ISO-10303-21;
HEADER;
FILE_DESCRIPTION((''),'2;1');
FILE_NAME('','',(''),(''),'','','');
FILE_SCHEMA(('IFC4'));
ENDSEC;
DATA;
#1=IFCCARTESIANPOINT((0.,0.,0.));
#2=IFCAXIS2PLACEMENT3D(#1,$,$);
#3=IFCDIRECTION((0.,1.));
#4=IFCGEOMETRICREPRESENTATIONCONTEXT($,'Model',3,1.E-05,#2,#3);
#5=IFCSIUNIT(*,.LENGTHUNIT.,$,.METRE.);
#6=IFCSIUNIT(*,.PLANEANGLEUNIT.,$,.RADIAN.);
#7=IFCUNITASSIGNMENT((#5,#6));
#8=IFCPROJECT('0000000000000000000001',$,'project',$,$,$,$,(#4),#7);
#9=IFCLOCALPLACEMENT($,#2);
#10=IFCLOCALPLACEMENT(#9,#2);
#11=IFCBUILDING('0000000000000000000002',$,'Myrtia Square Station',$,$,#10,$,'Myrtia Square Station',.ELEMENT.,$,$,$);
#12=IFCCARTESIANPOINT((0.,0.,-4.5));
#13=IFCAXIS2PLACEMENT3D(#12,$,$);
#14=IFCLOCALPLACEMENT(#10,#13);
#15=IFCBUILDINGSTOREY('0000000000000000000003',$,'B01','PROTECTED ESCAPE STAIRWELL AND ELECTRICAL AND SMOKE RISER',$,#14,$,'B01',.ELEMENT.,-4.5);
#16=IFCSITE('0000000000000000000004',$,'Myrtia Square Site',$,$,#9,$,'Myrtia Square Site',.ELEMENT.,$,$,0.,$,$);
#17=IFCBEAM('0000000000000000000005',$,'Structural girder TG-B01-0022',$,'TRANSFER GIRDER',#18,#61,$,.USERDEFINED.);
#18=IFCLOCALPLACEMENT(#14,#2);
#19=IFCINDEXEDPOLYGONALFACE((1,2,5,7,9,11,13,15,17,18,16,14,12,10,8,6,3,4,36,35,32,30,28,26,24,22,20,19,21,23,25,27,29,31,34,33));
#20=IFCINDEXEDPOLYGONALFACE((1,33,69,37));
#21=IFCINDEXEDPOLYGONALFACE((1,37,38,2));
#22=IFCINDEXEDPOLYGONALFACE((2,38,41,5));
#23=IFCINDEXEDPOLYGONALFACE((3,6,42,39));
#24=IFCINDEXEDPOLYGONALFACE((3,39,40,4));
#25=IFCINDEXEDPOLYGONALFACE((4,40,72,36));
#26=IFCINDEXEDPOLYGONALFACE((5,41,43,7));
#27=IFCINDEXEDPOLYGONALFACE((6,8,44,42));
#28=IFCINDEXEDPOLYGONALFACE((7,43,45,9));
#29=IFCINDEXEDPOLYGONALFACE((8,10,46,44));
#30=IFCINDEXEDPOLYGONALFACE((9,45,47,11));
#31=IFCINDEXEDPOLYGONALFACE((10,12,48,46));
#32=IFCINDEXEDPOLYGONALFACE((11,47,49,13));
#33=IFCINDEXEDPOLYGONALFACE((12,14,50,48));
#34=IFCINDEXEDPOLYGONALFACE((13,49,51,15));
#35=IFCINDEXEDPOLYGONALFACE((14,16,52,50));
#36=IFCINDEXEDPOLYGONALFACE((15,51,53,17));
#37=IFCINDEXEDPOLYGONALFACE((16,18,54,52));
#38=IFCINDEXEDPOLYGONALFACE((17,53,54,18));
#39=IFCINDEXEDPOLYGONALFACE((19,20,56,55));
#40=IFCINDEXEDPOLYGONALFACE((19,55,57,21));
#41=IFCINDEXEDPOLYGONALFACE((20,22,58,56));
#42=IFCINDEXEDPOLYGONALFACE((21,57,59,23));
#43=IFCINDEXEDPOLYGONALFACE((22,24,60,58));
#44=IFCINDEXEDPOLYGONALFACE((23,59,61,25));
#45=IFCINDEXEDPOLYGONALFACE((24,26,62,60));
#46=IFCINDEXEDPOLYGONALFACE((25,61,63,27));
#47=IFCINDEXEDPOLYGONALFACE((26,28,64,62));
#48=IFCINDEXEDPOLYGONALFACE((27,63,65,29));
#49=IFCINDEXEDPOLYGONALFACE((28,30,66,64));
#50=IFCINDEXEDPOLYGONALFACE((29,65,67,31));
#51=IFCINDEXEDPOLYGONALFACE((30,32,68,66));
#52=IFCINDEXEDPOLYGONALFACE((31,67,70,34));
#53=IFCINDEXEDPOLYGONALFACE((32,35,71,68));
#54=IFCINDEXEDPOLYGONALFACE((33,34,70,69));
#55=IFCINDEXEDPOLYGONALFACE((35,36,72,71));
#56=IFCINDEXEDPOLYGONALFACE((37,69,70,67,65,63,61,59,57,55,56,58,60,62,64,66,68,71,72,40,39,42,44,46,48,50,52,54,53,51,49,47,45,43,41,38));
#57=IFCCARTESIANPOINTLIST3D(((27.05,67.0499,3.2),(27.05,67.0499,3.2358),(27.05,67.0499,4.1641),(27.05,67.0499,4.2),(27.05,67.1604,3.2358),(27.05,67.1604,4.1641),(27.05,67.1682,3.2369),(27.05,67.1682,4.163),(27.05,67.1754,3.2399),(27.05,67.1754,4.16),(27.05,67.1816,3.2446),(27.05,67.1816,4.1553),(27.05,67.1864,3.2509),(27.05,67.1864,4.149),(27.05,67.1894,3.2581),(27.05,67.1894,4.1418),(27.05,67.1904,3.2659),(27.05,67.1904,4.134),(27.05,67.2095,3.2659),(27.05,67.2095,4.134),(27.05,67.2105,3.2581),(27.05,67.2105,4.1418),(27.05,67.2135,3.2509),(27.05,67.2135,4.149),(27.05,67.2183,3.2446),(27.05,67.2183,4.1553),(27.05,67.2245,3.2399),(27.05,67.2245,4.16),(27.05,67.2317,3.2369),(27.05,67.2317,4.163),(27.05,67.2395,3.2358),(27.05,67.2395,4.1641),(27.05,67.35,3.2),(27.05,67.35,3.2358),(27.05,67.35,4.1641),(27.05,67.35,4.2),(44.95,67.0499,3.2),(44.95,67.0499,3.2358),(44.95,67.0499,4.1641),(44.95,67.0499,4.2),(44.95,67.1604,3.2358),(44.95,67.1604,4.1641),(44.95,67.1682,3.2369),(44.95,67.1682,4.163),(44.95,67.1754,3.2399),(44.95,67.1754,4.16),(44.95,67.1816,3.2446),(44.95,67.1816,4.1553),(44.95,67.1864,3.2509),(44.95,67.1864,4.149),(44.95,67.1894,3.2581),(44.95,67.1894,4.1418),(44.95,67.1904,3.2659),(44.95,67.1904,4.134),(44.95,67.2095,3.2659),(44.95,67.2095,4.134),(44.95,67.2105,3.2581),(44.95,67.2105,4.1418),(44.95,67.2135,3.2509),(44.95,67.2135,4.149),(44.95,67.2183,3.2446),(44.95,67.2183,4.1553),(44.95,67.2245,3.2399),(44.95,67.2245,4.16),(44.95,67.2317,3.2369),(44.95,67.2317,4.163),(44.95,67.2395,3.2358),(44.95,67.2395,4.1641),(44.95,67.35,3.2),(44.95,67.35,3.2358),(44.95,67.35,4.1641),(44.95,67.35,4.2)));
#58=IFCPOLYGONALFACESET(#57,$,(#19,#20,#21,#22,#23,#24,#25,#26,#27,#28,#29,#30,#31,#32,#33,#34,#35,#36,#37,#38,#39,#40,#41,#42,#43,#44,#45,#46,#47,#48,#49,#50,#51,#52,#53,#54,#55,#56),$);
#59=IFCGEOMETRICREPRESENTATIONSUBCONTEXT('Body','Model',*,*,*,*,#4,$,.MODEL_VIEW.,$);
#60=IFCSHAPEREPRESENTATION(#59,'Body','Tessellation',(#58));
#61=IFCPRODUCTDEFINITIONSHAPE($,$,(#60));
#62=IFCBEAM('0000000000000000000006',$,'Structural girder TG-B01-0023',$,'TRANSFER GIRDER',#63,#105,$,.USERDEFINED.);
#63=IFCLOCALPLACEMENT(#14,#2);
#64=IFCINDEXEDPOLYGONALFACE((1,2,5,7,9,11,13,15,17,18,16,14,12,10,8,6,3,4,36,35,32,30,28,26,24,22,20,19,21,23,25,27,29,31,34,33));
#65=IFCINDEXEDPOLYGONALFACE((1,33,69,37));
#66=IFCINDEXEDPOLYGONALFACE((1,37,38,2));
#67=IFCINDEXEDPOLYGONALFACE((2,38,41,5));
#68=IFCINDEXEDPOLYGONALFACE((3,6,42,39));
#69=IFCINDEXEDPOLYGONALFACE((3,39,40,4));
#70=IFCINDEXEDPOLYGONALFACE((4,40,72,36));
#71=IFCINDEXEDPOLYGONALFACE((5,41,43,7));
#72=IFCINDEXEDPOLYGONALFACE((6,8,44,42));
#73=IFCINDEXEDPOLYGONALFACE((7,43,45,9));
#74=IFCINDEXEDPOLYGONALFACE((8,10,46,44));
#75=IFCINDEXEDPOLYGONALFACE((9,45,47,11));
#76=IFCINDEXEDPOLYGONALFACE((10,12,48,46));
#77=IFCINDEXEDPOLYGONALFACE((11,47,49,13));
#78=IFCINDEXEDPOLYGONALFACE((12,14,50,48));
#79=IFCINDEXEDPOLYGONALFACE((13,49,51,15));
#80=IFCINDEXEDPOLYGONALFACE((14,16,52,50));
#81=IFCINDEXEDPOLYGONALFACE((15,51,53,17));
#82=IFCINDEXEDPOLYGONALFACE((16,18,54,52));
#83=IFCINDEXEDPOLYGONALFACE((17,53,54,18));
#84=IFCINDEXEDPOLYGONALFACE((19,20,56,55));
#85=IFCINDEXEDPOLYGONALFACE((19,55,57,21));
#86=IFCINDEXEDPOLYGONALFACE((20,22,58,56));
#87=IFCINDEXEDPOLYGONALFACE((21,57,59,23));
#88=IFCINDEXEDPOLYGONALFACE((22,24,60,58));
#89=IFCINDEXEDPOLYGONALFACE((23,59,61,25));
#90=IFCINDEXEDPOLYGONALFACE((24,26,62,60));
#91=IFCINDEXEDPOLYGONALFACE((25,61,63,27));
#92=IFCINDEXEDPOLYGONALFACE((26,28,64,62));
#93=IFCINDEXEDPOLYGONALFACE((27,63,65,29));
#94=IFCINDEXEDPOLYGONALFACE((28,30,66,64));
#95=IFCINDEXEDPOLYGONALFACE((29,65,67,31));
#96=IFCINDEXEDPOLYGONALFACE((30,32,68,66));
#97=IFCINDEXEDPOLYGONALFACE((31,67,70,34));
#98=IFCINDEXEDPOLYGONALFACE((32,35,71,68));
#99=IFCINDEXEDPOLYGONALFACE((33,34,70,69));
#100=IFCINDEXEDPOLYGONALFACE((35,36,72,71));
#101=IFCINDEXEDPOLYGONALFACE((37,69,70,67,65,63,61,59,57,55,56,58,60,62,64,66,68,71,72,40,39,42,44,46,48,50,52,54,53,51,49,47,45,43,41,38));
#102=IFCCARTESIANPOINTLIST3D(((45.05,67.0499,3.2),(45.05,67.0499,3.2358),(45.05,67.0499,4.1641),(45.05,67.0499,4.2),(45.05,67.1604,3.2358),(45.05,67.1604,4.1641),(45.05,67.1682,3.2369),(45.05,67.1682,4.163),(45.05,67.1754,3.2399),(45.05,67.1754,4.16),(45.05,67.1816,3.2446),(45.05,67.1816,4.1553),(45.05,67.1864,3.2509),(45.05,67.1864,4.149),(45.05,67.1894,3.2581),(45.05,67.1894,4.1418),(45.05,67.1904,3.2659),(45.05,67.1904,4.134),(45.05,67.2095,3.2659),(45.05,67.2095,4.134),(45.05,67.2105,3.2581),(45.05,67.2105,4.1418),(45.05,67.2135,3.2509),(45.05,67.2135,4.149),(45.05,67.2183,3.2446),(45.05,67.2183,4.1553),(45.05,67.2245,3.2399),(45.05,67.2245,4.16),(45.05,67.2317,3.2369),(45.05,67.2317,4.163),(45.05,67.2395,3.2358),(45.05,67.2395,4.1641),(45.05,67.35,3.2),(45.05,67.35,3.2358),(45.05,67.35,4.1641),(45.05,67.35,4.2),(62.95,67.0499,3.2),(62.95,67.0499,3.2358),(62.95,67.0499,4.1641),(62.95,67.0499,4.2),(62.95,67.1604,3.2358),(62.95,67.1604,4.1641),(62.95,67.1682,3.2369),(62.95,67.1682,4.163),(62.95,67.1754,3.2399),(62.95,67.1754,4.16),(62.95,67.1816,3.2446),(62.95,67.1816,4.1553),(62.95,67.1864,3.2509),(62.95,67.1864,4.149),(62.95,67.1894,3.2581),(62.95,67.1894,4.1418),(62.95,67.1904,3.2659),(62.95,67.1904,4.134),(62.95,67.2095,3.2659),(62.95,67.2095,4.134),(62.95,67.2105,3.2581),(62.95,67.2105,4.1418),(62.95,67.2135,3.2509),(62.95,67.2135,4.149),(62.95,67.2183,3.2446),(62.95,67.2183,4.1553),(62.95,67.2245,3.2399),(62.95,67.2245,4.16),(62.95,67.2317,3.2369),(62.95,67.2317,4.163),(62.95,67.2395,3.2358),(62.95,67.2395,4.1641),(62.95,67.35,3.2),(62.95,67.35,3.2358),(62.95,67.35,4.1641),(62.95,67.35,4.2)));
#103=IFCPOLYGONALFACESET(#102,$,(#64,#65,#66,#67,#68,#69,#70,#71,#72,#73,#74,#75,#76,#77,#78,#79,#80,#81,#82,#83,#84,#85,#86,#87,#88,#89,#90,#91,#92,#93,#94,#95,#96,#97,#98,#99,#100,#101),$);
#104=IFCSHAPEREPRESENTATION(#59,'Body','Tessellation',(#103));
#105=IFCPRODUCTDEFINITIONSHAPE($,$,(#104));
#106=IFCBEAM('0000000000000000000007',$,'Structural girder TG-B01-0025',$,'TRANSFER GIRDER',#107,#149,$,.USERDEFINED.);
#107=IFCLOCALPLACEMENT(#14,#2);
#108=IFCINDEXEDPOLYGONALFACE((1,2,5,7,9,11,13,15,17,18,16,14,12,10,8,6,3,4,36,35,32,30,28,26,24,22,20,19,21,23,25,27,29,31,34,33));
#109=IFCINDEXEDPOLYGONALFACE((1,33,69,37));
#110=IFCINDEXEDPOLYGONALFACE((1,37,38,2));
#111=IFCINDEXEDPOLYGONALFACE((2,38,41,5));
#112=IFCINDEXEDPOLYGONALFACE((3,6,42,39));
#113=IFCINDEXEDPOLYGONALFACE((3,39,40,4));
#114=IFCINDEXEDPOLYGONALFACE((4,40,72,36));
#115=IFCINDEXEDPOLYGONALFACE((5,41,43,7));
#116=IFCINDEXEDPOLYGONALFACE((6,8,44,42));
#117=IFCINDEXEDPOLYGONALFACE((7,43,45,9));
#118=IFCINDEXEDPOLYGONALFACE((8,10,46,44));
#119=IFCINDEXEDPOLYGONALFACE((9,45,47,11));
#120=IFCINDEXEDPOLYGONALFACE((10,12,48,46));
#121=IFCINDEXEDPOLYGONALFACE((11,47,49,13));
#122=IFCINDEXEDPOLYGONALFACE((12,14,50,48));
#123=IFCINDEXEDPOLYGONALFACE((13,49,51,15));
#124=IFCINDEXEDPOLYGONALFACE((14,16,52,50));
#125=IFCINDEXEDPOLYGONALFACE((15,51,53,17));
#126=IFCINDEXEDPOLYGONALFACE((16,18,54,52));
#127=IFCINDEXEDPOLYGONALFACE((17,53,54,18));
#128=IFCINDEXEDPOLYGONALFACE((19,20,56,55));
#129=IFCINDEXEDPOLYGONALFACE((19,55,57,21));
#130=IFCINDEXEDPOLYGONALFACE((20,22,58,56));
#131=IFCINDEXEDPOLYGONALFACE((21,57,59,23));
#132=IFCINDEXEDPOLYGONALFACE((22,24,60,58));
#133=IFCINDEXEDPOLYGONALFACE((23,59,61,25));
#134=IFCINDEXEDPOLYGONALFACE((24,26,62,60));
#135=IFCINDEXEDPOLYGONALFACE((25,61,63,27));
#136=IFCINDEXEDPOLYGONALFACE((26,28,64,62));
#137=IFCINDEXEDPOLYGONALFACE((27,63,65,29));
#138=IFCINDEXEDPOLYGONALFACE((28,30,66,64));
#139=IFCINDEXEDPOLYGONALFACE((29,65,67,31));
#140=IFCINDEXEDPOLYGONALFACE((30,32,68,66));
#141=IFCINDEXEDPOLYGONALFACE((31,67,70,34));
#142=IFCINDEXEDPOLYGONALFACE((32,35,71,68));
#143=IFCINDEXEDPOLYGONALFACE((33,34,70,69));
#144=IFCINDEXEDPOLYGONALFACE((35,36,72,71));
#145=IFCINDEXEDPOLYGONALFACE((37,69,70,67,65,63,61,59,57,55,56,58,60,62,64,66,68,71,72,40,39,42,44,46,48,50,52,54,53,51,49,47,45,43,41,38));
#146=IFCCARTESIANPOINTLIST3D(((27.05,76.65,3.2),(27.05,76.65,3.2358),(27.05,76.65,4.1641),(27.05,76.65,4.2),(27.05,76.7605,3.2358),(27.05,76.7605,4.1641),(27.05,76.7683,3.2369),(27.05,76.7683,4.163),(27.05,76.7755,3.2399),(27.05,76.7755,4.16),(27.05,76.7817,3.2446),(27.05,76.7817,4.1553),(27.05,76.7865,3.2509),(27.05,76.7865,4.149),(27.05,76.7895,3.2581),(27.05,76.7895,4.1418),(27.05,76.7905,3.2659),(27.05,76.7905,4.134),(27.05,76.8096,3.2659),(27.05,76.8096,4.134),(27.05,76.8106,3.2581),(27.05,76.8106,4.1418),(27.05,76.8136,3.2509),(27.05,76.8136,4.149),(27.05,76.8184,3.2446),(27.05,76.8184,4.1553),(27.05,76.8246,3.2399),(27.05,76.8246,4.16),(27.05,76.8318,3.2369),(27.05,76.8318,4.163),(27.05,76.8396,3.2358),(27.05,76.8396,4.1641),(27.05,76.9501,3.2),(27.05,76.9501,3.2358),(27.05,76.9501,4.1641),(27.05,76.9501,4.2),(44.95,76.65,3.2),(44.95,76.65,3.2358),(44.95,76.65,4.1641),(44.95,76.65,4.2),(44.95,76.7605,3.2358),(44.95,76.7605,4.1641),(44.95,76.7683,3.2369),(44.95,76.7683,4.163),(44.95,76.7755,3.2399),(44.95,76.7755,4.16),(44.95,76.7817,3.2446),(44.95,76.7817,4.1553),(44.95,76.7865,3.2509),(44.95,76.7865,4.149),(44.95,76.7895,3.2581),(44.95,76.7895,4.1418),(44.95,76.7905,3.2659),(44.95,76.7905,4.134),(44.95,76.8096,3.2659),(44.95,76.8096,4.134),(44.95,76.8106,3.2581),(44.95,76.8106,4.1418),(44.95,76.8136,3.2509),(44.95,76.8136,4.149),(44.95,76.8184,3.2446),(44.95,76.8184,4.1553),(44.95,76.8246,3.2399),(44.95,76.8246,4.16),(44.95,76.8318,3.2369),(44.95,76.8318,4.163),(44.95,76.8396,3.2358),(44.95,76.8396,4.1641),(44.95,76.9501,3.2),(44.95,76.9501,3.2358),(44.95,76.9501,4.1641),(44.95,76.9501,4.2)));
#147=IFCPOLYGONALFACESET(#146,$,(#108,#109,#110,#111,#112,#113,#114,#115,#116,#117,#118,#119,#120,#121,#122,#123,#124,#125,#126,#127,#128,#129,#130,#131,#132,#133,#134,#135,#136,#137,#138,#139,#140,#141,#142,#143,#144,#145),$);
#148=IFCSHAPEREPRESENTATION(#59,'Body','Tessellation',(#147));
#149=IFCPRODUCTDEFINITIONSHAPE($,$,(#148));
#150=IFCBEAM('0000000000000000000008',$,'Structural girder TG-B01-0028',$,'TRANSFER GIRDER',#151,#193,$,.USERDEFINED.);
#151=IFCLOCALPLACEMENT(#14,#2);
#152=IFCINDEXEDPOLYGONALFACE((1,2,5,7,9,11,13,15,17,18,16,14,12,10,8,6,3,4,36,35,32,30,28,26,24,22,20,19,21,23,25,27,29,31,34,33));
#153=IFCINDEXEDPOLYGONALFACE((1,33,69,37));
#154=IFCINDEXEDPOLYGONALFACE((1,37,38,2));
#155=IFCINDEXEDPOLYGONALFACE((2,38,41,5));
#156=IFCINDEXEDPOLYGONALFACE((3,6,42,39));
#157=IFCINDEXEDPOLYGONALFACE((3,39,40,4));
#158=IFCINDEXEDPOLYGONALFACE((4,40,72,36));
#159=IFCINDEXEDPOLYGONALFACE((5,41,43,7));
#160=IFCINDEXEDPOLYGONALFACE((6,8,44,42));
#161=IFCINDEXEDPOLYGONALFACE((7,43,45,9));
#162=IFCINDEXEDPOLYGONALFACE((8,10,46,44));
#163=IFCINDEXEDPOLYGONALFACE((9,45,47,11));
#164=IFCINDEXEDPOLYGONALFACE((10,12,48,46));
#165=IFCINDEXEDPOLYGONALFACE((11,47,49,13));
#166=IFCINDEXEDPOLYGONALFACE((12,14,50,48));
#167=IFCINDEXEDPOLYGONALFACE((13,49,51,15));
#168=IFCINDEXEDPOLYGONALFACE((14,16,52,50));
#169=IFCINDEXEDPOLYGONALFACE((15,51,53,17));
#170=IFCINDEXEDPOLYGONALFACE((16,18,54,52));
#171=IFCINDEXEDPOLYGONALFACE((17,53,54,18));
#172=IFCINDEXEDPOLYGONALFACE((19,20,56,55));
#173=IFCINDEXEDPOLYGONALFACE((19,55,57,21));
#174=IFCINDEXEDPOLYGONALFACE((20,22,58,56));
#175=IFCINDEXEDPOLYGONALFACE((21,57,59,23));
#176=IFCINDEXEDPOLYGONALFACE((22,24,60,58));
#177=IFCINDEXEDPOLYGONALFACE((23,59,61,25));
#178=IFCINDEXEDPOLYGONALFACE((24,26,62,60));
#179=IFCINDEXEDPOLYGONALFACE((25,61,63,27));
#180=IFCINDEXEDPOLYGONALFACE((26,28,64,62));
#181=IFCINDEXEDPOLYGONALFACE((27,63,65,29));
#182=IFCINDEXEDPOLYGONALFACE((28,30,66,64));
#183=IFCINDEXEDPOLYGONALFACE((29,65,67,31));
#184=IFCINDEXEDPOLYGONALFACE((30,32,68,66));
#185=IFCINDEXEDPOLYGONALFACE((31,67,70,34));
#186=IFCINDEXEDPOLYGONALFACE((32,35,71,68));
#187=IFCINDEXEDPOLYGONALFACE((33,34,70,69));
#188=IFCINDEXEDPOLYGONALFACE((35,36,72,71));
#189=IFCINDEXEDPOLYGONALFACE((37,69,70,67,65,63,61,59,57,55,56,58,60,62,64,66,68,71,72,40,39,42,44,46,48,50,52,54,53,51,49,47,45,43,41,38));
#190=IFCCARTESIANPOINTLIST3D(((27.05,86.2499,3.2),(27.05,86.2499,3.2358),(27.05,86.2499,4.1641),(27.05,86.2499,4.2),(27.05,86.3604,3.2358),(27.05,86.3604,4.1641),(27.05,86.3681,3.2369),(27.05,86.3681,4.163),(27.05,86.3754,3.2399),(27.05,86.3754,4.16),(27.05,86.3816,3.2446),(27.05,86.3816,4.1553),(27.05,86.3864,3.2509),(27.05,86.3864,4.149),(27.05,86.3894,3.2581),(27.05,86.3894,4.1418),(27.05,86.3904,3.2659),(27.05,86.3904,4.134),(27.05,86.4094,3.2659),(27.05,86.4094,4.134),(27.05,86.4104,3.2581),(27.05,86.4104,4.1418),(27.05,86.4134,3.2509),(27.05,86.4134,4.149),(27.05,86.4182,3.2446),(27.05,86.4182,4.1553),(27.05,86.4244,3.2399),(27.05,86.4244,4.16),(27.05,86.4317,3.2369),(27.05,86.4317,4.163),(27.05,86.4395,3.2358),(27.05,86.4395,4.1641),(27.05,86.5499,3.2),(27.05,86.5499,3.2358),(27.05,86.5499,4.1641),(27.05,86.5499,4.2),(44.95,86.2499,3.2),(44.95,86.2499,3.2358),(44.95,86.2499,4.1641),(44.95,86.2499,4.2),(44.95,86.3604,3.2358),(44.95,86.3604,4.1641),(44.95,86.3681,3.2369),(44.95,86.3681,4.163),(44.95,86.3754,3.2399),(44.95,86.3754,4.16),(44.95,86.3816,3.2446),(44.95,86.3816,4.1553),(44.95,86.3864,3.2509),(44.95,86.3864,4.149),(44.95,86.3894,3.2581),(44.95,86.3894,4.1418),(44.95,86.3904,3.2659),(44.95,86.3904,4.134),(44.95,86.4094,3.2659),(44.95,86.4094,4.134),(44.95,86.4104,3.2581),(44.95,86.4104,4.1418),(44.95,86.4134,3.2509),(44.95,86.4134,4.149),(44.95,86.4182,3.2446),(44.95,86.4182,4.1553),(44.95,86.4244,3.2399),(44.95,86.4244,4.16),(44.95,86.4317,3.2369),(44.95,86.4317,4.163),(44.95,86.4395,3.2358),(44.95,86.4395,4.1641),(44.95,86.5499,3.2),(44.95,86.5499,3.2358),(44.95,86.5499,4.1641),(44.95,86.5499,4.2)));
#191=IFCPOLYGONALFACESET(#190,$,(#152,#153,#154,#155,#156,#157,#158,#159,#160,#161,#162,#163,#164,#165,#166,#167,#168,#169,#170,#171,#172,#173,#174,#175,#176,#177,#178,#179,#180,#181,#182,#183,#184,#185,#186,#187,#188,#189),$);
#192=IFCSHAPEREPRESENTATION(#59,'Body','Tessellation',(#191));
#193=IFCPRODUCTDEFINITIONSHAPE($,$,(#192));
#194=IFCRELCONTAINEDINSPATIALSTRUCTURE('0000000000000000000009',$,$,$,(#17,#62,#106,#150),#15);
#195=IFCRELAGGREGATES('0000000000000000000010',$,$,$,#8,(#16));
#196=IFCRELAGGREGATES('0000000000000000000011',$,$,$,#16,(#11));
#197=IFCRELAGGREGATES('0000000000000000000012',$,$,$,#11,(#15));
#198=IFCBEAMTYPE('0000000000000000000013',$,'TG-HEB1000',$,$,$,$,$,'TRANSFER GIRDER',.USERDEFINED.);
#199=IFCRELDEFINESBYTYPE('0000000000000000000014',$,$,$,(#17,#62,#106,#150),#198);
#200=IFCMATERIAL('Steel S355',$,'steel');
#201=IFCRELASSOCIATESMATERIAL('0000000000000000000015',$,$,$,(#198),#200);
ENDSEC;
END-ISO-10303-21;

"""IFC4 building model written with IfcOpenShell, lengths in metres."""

from ifc_helpers import new_model, si_unit, direction, frame, origin, origin_2d, place, context, subcontext, project, spatial, i_section, extrude, material, material_profile, profile_set, type_object, element, save


model = new_model("IFC4")

# Units and contexts
model_context = context("Model", 3, precision=1e-05, world=origin(), true_north=direction((0.0, 1.0)))
body_context = subcontext(model_context, "Body", "Model", "MODEL_VIEW")
ifc_project = project(units=[si_unit("LENGTHUNIT", "METRE"), si_unit("PLANEANGLEUNIT", "RADIAN")], contexts=[model_context])

# Site, building, storey
site_placement = place(None, origin())
site = spatial("IfcSite", under=ifc_project, at=site_placement, Name="Myrtia Square Site", LongName="Myrtia Square Site", CompositionType="ELEMENT", RefElevation=0.0)
building_placement = place(site_placement, origin())
building = spatial("IfcBuilding", under=site, at=building_placement, Name="Myrtia Square Station", LongName="Myrtia Square Station", CompositionType="ELEMENT")
storey_placement = place(building_placement, frame((0.0, 0.0, -4.5)))
storey = spatial("IfcBuildingStorey", under=building, at=storey_placement, Name="B01", Description="PROTECTED ESCAPE STAIRWELL AND ELECTRICAL AND SMOKE RISER", LongName="B01", CompositionType="ELEMENT", Elevation=-4.5)

# Shared definitions
ifc_material_1 = material(Name="Steel S355", Category="steel")

# Beams
ifc_material_profile_1 = material_profile(ifc_material_1, i_section(OverallWidth=0.3, OverallDepth=1.0, WebThickness=0.019, FlangeThickness=0.0359, FilletRadius=0.03, at=origin_2d()), Name="HEB 1000")
ifc_profile_set_1 = profile_set([ifc_material_profile_1], Name="Steel S355")
beam_type_1 = type_object("IfcBeamType", Name="TG-HEB1000", ElementType="TRANSFER GIRDER", PredefinedType="USERDEFINED", material=ifc_profile_set_1)
for number, where, z_axis, x_axis, name in (
    (1, (27.05, 67.2, 3.7), (1.0, 0.0, 0.0), (0.0, 1.0, 0.0), "Structural girder TG-B01-0022"),
    (2, (45.05, 67.2, 3.7), (1.0, 0.0, 0.0), (0.0, 1.0, 0.0), "Structural girder TG-B01-0023"),
    (3, (27.05, 76.8, 3.7), (1.0, 0.0, 0.0), (0.0, 1.0, 0.0), "Structural girder TG-B01-0025"),
    (4, (27.05, 86.3999, 3.7), (1.0, 0.0, 0.0), (0.0, 1.0, 0.0), "Structural girder TG-B01-0028"),
):
    element("IfcBeam", number, at=place(storey_placement, frame(where, z_axis=z_axis, x_axis=x_axis)), inside=storey, type_object=beam_type_1, Name=name, ObjectType="TRANSFER GIRDER", PredefinedType="USERDEFINED", context=body_context, shape_type="SweptSolid", body=[
        extrude(i_section(OverallWidth=0.3, OverallDepth=1.0, WebThickness=0.019, FlangeThickness=0.0359, FilletRadius=0.03, at=origin_2d()), origin(), (0.0, 0.0, 1.0), 17.8999),
    ])

save(model, "model.ifc")
